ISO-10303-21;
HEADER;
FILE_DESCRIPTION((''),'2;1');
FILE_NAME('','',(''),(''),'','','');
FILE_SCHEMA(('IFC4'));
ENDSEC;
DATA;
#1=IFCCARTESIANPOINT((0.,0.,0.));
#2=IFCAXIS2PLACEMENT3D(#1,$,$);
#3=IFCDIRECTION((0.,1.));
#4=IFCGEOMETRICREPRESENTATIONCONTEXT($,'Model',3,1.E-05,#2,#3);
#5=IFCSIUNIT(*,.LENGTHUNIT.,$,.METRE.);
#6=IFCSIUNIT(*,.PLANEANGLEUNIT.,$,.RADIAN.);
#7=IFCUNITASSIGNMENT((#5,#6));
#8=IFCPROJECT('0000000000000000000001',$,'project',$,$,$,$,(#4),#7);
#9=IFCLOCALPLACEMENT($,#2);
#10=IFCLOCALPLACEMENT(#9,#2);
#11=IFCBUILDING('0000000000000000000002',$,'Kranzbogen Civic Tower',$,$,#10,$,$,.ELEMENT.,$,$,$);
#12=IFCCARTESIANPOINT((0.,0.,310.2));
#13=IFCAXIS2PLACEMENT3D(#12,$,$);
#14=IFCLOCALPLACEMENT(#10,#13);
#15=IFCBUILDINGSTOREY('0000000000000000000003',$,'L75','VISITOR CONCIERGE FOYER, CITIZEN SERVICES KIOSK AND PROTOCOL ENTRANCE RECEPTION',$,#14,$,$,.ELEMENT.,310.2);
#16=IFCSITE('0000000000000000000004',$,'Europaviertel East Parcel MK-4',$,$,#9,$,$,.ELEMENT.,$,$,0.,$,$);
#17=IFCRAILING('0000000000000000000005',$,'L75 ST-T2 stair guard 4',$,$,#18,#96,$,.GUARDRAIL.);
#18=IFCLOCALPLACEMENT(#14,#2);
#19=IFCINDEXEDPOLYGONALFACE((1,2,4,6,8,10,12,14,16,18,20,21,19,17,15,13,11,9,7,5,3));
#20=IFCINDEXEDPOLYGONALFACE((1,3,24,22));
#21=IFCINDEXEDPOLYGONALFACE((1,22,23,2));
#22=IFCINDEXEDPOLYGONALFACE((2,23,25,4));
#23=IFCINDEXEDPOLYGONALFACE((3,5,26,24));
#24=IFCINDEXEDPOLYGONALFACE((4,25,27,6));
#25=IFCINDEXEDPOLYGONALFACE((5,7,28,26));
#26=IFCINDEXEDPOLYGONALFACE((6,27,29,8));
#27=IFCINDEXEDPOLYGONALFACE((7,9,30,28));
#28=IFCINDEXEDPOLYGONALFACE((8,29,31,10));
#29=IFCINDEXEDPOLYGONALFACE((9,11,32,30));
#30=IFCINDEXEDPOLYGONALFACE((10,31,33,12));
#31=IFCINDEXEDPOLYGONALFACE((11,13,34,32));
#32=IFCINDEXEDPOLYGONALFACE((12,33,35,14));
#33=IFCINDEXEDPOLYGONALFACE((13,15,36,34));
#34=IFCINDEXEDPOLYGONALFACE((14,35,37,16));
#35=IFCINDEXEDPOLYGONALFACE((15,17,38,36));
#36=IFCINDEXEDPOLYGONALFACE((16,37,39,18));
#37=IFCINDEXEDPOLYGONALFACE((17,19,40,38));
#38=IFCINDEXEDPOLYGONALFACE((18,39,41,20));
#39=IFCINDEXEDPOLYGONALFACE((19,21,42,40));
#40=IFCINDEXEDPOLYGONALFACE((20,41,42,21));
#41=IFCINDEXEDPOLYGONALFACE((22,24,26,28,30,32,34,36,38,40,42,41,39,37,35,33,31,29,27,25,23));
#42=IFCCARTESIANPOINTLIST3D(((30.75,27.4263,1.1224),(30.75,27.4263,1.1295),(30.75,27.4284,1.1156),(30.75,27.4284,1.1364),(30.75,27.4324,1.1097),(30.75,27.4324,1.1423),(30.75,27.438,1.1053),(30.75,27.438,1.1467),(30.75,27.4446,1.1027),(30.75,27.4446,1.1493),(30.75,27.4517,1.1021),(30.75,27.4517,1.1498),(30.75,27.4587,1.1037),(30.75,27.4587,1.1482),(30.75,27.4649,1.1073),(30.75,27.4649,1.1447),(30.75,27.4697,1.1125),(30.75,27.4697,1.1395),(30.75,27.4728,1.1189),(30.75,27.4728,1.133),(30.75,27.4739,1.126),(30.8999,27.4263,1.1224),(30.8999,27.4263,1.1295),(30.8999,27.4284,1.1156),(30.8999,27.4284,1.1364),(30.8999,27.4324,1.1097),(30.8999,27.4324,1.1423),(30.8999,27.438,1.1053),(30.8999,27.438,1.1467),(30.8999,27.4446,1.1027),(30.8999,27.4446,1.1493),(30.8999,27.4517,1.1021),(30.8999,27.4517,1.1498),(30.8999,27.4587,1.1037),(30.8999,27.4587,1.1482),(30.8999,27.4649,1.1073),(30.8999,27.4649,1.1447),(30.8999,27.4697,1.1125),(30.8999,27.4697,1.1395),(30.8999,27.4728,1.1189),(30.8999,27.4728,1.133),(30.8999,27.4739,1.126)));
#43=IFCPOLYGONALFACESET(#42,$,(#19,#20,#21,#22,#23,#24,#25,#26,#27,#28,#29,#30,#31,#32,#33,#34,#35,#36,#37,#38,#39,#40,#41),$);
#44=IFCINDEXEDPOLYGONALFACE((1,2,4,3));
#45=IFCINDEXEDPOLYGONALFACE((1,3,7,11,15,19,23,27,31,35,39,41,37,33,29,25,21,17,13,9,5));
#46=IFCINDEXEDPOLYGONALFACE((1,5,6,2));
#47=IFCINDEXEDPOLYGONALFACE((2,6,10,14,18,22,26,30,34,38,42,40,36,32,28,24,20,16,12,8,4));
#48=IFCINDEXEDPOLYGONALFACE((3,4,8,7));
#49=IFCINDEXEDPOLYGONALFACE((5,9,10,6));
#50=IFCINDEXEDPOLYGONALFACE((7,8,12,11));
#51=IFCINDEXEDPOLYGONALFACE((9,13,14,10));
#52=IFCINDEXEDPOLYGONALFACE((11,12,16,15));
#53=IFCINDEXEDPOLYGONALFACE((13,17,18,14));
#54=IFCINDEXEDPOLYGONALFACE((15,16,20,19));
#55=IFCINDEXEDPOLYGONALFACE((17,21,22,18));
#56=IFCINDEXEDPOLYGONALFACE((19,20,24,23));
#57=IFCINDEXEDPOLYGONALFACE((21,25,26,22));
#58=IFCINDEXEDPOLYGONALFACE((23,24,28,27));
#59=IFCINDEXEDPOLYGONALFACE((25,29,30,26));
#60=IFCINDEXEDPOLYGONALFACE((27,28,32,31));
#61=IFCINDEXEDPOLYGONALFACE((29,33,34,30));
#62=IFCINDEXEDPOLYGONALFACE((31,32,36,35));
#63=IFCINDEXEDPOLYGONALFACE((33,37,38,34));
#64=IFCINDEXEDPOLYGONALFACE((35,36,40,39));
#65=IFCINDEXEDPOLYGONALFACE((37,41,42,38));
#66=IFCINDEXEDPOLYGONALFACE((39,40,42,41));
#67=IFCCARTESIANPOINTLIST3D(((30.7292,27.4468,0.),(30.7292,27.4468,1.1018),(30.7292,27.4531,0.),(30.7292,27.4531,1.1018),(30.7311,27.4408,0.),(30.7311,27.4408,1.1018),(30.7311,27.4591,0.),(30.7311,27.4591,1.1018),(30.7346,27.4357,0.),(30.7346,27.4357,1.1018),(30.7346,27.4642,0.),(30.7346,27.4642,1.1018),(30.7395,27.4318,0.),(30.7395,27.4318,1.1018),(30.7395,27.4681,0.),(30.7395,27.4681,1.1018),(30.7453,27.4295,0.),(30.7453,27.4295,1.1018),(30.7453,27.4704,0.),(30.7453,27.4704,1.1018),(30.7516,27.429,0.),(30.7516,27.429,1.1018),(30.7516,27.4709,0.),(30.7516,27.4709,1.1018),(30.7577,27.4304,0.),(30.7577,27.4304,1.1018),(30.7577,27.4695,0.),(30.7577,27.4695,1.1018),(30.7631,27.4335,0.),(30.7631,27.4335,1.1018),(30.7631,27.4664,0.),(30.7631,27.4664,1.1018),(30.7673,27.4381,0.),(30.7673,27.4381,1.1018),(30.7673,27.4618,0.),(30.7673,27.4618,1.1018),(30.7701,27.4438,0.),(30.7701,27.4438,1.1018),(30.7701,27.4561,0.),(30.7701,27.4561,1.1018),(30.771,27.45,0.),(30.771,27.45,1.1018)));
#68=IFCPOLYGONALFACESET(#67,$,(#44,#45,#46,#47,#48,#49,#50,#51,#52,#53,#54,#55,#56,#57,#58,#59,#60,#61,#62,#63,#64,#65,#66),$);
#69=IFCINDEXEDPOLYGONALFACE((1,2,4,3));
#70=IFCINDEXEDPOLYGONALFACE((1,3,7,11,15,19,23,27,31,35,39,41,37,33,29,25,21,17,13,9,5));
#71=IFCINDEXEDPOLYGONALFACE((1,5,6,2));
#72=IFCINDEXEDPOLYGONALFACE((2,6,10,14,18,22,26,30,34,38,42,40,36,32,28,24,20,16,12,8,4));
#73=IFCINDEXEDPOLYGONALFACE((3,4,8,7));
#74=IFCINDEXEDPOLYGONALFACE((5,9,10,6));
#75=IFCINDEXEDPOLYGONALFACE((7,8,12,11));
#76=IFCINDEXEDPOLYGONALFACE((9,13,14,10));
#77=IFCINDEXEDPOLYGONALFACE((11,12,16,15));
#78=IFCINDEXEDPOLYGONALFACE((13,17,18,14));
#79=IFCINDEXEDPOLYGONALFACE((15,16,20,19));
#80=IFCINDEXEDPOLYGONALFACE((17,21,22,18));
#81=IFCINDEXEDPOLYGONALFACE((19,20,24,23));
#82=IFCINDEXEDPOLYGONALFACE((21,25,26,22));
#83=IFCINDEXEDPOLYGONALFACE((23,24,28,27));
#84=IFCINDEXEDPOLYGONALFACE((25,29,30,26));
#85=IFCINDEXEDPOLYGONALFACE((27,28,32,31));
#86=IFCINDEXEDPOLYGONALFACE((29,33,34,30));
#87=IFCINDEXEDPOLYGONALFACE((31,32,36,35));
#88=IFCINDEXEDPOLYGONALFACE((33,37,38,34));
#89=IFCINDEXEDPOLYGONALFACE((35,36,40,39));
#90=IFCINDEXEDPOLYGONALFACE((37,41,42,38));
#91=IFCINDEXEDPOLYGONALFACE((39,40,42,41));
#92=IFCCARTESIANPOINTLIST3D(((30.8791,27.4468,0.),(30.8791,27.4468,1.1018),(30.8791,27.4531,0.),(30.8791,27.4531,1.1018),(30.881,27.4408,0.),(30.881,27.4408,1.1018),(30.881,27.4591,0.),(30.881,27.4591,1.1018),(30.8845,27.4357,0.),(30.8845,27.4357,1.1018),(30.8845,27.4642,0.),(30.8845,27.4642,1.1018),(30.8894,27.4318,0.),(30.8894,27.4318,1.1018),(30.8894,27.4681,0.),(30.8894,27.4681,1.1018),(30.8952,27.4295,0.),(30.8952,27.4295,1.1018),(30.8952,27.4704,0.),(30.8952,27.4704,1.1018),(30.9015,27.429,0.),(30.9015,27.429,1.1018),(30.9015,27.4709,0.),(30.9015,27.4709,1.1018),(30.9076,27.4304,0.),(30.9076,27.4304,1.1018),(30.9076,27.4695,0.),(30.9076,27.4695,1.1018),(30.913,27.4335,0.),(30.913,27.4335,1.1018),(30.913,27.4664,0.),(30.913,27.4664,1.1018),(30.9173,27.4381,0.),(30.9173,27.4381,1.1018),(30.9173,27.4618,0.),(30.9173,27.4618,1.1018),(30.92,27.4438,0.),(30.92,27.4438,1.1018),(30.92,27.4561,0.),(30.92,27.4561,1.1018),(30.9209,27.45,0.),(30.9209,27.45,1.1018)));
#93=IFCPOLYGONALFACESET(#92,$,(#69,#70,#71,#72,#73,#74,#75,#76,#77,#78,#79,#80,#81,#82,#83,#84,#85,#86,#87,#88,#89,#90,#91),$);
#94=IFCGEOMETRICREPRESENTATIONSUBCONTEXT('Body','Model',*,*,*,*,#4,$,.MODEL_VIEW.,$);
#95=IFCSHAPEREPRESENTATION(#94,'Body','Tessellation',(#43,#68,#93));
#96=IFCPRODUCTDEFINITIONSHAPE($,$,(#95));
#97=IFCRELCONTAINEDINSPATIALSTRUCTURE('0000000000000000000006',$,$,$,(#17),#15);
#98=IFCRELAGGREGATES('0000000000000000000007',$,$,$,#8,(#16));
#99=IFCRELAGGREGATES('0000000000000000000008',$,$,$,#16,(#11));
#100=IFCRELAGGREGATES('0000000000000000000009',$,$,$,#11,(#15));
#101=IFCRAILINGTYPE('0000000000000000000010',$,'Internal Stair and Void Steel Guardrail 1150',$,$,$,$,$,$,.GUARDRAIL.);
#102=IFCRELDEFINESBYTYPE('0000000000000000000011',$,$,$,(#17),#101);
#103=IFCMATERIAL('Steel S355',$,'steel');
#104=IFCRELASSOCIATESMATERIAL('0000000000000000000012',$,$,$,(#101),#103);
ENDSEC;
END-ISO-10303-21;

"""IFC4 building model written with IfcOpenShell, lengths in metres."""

from ifc_helpers import new_model, si_unit, direction, frame, origin, origin_2d, place, context, subcontext, project, spatial, circle, extrude, material, type_object, element, save


model = new_model("IFC4")

# Units and contexts
model_context = context("Model", 3, precision=1e-05, world=origin(), true_north=direction((0.0, 1.0)))
body_context = subcontext(model_context, "Body", "Model", "MODEL_VIEW")
ifc_project = project(units=[si_unit("LENGTHUNIT", "METRE"), si_unit("PLANEANGLEUNIT", "RADIAN")], contexts=[model_context])

# Site, building, storey
site_placement = place(None, origin())
site = spatial("IfcSite", under=ifc_project, at=site_placement, Name="Europaviertel East Parcel MK-4", CompositionType="ELEMENT", RefElevation=0.0)
building_placement = place(site_placement, origin())
building = spatial("IfcBuilding", under=site, at=building_placement, Name="Kranzbogen Civic Tower", CompositionType="ELEMENT")
storey_placement = place(building_placement, frame((0.0, 0.0, 310.2)))
storey = spatial("IfcBuildingStorey", under=building, at=storey_placement, Name="L75", Description="VISITOR CONCIERGE FOYER, CITIZEN SERVICES KIOSK AND PROTOCOL ENTRANCE RECEPTION", CompositionType="ELEMENT", Elevation=310.2)

# Shared definitions
ifc_material_1 = material(Name="Steel S355", Category="steel")

# Railing
railing_type_1 = type_object("IfcRailingType", Name="Internal Stair and Void Steel Guardrail 1150", PredefinedType="GUARDRAIL", material=ifc_material_1)
railing_1_placement = place(storey_placement, frame((30.75, 27.45, 0.0)))
element("IfcRailing", 1, at=railing_1_placement, inside=storey, type_object=railing_type_1, Name="L75 ST-T2 stair guard 4", PredefinedType="GUARDRAIL", context=body_context, shape_type="SweptSolid", body=[
    extrude(circle(Radius=0.0239, at=origin_2d()), frame((0.0, 0.0, 1.126), z_axis=(1.0, 0.0, 0.0), x_axis=(0.0, 1.0, 0.0)), (0.0, 0.0, 1.0), 0.1499),
    extrude(circle(Radius=0.021, at=origin_2d()), origin(), (0.0, 0.0, 1.0), 1.1018),
    extrude(circle(Radius=0.021, at=origin_2d()), frame((0.1499, 0.0, 0.0)), (0.0, 0.0, 1.0), 1.1018),
])

save(model, "model.ifc")
